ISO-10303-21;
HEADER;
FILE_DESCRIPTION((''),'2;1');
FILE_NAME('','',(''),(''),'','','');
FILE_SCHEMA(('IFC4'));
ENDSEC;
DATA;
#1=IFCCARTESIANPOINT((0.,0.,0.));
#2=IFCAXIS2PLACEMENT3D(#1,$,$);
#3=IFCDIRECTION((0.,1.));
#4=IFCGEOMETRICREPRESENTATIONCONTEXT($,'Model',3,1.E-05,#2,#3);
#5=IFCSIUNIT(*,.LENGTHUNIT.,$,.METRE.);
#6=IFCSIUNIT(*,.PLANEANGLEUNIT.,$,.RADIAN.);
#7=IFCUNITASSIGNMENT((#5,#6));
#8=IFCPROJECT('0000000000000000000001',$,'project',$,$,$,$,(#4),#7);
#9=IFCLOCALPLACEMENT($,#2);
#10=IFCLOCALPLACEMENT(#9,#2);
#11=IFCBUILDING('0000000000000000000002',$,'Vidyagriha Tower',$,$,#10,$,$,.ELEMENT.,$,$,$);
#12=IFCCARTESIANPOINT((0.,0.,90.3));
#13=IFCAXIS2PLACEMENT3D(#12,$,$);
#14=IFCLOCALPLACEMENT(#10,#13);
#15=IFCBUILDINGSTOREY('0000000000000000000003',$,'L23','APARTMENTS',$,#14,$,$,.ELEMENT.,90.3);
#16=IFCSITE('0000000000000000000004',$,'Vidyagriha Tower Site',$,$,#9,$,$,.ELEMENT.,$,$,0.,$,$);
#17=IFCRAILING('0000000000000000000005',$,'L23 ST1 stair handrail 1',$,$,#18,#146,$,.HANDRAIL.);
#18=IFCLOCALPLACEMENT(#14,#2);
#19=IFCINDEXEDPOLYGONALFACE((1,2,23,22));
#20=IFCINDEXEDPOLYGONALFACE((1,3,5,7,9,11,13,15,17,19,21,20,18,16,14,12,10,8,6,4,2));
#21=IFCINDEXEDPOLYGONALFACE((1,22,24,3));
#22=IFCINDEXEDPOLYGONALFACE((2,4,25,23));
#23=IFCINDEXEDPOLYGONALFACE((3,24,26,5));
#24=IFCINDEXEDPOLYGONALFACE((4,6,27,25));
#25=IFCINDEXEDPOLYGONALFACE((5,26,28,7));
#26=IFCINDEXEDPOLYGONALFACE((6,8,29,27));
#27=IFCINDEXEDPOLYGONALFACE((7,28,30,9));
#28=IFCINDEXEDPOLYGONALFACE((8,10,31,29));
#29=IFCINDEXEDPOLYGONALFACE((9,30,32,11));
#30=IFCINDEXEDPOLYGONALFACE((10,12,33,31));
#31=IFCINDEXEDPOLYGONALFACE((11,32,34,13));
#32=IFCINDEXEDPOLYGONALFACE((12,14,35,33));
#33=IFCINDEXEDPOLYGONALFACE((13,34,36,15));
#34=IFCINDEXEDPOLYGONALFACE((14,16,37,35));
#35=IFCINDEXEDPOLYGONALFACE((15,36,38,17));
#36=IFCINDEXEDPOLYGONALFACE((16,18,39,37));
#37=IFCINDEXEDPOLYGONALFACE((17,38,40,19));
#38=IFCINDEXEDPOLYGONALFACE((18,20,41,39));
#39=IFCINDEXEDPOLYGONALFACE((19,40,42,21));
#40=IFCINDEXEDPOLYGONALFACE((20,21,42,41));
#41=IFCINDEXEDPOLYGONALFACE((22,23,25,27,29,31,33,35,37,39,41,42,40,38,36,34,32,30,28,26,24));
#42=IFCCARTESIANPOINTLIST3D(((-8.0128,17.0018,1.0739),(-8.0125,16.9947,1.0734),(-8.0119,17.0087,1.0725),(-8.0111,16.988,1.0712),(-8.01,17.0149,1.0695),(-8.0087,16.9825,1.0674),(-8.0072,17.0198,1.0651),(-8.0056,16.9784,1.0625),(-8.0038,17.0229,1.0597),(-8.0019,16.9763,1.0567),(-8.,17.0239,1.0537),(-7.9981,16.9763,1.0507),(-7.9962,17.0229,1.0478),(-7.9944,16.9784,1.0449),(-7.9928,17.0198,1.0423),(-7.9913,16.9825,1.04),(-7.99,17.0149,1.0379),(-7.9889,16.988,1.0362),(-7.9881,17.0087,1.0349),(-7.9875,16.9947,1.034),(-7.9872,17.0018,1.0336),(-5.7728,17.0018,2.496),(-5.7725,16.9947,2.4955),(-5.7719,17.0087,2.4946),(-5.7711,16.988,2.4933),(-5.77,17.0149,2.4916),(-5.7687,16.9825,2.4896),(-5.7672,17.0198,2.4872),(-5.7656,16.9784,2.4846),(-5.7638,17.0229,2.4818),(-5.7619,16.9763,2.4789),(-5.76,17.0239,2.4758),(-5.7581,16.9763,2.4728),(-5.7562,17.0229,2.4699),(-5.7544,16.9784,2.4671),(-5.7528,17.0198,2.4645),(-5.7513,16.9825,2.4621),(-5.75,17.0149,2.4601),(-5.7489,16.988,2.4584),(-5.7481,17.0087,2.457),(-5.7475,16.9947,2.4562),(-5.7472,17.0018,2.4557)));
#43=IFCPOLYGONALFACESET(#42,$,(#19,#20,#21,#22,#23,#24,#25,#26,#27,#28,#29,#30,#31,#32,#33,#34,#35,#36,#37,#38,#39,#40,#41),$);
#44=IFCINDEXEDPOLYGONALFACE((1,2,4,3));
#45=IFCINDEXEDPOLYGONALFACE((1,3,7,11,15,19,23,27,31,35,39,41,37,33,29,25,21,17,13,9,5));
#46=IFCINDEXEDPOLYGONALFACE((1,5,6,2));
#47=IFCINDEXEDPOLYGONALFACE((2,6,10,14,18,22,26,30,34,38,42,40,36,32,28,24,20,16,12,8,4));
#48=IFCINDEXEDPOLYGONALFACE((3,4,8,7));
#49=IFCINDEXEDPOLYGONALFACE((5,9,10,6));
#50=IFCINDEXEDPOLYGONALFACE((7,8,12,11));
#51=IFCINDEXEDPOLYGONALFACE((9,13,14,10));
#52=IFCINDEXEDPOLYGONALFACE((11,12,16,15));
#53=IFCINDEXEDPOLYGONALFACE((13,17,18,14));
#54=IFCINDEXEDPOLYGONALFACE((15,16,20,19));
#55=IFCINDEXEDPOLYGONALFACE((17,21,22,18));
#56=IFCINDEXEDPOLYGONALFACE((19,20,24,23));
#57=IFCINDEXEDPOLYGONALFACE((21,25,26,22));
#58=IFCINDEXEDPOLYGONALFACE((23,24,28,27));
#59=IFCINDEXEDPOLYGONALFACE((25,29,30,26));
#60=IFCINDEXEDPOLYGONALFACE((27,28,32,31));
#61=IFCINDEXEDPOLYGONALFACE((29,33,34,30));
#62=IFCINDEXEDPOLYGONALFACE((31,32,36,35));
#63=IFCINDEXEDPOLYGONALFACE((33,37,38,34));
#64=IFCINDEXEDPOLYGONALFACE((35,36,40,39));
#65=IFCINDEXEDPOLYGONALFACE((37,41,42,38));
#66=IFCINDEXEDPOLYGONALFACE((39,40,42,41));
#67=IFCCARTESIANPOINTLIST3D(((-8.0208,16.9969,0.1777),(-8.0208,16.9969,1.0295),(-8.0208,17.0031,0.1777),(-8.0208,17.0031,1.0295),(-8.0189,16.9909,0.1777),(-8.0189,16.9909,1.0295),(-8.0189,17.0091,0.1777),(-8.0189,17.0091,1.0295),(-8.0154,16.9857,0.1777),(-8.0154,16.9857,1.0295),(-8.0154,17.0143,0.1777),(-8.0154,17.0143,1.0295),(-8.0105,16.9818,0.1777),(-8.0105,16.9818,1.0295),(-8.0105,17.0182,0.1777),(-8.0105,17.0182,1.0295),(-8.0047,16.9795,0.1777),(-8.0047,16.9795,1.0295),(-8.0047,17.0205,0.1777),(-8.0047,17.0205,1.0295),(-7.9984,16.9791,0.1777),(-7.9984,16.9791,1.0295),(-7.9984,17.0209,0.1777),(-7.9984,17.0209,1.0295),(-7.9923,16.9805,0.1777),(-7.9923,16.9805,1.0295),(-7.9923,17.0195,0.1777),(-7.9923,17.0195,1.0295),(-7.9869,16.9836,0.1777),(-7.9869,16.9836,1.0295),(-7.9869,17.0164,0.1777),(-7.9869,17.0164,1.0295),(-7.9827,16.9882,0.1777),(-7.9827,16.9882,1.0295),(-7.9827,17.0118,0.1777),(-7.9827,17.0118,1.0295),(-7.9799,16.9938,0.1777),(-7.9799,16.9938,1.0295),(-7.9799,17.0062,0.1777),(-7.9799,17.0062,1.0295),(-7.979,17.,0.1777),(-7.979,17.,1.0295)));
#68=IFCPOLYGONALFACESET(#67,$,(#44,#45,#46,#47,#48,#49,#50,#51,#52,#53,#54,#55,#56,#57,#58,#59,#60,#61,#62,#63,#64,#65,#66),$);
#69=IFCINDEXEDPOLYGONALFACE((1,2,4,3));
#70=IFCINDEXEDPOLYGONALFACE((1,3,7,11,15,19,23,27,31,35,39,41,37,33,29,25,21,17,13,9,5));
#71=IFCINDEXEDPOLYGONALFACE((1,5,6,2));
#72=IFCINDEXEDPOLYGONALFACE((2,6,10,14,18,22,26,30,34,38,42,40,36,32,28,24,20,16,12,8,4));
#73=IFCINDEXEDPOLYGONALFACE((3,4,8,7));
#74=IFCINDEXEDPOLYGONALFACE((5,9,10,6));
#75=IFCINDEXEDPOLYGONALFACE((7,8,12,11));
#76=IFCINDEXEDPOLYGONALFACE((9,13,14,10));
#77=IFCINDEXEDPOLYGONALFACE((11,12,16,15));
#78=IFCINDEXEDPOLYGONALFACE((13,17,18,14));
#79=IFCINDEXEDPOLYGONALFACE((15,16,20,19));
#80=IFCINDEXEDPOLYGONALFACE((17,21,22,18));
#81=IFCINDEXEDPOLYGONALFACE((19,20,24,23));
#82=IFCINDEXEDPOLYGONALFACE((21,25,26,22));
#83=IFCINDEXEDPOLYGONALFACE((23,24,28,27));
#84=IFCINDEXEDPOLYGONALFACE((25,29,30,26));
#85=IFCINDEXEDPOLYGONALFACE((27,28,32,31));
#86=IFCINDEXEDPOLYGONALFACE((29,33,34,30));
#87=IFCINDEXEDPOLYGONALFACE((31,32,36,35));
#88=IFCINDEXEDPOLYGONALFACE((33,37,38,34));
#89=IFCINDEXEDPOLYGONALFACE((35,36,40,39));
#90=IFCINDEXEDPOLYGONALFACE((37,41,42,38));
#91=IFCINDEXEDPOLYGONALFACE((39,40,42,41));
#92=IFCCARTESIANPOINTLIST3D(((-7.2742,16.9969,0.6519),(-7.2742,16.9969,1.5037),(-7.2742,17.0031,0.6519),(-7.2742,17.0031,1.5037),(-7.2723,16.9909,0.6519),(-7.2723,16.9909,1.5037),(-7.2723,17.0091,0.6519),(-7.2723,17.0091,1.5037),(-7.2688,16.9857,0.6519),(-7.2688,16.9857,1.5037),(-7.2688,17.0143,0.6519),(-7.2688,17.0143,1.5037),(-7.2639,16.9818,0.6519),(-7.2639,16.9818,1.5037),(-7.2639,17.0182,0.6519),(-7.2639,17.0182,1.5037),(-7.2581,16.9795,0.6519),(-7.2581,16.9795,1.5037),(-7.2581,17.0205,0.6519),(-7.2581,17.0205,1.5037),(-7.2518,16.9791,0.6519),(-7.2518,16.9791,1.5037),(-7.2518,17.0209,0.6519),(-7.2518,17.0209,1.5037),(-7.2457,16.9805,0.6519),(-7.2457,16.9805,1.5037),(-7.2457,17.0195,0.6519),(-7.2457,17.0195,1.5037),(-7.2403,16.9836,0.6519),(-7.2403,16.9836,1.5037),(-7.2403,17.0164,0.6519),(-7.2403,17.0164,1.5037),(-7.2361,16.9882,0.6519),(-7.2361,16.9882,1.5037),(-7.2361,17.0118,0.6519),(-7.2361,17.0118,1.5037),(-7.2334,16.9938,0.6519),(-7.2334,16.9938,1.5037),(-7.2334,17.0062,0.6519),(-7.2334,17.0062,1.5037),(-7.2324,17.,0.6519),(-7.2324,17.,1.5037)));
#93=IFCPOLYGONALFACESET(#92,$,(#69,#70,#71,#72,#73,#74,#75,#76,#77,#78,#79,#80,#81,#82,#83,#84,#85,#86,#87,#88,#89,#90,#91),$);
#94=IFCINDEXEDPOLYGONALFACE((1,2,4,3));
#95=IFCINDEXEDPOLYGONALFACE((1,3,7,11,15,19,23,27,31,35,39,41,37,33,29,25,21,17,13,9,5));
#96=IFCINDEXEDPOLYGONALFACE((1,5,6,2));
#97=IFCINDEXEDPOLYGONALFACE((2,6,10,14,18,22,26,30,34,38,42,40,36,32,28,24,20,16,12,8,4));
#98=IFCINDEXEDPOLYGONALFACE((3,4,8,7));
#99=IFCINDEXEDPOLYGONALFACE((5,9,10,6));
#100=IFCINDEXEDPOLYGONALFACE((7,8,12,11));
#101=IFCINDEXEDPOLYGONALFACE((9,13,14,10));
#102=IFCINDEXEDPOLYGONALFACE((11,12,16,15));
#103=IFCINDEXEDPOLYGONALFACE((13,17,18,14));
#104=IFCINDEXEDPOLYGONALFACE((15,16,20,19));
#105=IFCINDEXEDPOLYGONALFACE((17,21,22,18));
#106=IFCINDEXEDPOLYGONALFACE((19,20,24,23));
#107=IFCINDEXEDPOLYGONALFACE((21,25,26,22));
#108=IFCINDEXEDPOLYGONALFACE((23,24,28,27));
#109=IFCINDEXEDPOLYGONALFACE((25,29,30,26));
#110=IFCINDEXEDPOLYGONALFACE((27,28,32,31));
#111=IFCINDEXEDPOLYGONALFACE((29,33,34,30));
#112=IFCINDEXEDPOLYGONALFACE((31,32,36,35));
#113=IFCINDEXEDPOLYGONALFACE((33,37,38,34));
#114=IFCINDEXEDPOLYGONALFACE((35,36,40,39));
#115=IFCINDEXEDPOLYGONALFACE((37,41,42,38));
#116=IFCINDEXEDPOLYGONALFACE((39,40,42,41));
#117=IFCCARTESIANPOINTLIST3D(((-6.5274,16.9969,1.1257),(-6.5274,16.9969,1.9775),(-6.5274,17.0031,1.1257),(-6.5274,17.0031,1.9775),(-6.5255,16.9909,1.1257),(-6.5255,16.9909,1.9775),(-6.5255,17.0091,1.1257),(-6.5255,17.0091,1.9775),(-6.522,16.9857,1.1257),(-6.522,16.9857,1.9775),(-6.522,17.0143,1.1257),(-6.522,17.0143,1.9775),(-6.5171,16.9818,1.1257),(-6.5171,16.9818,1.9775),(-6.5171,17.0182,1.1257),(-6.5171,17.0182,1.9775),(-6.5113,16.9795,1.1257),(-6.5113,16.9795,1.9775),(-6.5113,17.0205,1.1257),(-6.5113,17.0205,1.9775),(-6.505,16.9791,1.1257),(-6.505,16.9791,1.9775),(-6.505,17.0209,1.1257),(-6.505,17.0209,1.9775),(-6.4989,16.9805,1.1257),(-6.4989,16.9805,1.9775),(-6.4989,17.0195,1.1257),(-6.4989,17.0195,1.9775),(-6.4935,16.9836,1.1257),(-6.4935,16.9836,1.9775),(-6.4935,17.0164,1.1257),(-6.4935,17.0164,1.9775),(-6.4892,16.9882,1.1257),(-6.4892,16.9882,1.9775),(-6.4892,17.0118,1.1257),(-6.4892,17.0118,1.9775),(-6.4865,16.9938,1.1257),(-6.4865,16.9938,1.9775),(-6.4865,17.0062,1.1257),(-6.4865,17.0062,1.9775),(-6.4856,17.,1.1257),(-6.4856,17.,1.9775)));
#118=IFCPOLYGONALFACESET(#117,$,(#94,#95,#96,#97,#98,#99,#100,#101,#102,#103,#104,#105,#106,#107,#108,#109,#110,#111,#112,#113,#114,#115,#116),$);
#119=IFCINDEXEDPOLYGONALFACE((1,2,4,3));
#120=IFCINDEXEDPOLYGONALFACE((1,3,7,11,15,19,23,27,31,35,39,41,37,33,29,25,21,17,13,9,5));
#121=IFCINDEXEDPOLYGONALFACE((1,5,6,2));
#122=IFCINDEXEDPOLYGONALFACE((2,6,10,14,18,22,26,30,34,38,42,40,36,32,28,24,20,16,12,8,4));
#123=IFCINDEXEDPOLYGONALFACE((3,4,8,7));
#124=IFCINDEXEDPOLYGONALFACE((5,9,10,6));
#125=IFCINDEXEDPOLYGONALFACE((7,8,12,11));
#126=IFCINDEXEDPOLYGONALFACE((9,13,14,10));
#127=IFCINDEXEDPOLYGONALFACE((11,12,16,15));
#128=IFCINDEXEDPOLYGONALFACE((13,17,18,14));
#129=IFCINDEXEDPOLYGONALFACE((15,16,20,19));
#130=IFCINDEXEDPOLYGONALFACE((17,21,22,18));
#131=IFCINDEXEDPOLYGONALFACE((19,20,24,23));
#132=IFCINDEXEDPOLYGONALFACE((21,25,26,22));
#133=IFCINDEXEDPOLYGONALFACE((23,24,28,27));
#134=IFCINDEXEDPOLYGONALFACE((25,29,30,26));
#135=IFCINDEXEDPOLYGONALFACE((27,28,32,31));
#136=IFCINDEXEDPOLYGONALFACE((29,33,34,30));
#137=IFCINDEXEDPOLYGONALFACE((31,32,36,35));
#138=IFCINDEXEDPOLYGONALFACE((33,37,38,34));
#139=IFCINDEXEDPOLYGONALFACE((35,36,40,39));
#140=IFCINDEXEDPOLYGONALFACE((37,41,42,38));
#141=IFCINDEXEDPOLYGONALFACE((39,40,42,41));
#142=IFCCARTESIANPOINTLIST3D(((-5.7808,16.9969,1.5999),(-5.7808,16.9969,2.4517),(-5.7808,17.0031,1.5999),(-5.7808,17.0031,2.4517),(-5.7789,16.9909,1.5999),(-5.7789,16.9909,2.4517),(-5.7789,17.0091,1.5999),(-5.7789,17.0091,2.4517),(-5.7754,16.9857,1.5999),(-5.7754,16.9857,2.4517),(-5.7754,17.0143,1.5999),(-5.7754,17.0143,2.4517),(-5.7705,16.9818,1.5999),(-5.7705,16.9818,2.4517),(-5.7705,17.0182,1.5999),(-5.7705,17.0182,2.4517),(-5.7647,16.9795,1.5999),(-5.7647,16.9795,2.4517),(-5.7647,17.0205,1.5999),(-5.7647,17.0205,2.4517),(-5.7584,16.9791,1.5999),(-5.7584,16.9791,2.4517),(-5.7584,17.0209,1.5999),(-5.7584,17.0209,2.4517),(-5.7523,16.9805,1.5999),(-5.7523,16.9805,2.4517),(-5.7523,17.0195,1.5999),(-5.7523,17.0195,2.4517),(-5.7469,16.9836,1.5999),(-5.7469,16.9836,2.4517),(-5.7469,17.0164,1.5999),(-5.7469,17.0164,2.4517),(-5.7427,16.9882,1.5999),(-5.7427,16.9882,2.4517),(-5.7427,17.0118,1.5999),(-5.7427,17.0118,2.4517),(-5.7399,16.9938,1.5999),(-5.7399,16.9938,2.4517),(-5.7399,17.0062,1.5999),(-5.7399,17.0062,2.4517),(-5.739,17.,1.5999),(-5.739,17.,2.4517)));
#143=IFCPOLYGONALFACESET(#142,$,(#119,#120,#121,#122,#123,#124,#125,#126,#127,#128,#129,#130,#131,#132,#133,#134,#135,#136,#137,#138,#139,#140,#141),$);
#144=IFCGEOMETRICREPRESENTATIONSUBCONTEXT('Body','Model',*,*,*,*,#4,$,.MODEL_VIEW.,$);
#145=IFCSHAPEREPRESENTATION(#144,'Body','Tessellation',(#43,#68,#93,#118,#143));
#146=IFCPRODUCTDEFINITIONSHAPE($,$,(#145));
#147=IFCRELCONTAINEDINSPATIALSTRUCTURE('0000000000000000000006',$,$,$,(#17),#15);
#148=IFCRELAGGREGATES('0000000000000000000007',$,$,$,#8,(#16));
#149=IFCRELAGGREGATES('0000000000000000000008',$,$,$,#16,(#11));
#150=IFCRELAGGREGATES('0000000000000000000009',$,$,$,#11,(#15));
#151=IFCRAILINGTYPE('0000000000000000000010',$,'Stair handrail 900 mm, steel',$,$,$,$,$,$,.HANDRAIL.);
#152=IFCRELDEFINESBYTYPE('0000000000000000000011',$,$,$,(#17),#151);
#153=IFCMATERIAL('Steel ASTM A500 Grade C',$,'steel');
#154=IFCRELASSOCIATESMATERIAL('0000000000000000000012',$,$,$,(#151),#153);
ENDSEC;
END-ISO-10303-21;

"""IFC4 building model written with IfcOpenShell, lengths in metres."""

from ifc_helpers import new_model, si_unit, direction, frame, origin, origin_2d, place, context, subcontext, project, spatial, circle, extrude, material, type_object, element, save


model = new_model("IFC4")

# Units and contexts
model_context = context("Model", 3, precision=1e-05, world=origin(), true_north=direction((0.0, 1.0)))
body_context = subcontext(model_context, "Body", "Model", "MODEL_VIEW")
ifc_project = project(units=[si_unit("LENGTHUNIT", "METRE"), si_unit("PLANEANGLEUNIT", "RADIAN")], contexts=[model_context])

# Site, building, storey
site_placement = place(None, origin())
site = spatial("IfcSite", under=ifc_project, at=site_placement, Name="Vidyagriha Tower Site", CompositionType="ELEMENT", RefElevation=0.0)
building_placement = place(site_placement, origin())
building = spatial("IfcBuilding", under=site, at=building_placement, Name="Vidyagriha Tower", CompositionType="ELEMENT")
storey_placement = place(building_placement, frame((0.0, 0.0, 90.3)))
storey = spatial("IfcBuildingStorey", under=building, at=storey_placement, Name="L23", Description="APARTMENTS", CompositionType="ELEMENT", Elevation=90.3)

# Railing
ifc_material_1 = material(Name="Steel ASTM A500 Grade C", Category="steel")
railing_type_1 = type_object("IfcRailingType", Name="Stair handrail 900 mm, steel", PredefinedType="HANDRAIL", material=ifc_material_1)
railing_1_placement = place(storey_placement, frame((-8.0, 17.0, 0.1777)))
element("IfcRailing", 1, at=railing_1_placement, inside=storey, type_object=railing_type_1, Name="L23 ST1 stair handrail 1", PredefinedType="HANDRAIL", context=body_context, shape_type="SweptSolid", body=[
    extrude(circle(Radius=0.0239, at=origin_2d()), frame((0.0, 0.0, 0.876), z_axis=(0.844229, 0.0, 0.535982), x_axis=(0.0, 1.0, 0.0)), (0.0, 0.0, 1.0), 2.6533),
    extrude(circle(Radius=0.021, at=origin_2d()), origin(), (0.0, 0.0, 1.0), 0.8518),
    extrude(circle(Radius=0.021, at=origin_2d()), frame((0.7466, 0.0, 0.4741)), (0.0, 0.0, 1.0), 0.8518),
    extrude(circle(Radius=0.021, at=origin_2d()), frame((1.4934, 0.0, 0.948)), (0.0, 0.0, 1.0), 0.8518),
    extrude(circle(Radius=0.021, at=origin_2d()), frame((2.24, 0.0, 1.4221)), (0.0, 0.0, 1.0), 0.8518),
])

save(model, "model.ifc")
